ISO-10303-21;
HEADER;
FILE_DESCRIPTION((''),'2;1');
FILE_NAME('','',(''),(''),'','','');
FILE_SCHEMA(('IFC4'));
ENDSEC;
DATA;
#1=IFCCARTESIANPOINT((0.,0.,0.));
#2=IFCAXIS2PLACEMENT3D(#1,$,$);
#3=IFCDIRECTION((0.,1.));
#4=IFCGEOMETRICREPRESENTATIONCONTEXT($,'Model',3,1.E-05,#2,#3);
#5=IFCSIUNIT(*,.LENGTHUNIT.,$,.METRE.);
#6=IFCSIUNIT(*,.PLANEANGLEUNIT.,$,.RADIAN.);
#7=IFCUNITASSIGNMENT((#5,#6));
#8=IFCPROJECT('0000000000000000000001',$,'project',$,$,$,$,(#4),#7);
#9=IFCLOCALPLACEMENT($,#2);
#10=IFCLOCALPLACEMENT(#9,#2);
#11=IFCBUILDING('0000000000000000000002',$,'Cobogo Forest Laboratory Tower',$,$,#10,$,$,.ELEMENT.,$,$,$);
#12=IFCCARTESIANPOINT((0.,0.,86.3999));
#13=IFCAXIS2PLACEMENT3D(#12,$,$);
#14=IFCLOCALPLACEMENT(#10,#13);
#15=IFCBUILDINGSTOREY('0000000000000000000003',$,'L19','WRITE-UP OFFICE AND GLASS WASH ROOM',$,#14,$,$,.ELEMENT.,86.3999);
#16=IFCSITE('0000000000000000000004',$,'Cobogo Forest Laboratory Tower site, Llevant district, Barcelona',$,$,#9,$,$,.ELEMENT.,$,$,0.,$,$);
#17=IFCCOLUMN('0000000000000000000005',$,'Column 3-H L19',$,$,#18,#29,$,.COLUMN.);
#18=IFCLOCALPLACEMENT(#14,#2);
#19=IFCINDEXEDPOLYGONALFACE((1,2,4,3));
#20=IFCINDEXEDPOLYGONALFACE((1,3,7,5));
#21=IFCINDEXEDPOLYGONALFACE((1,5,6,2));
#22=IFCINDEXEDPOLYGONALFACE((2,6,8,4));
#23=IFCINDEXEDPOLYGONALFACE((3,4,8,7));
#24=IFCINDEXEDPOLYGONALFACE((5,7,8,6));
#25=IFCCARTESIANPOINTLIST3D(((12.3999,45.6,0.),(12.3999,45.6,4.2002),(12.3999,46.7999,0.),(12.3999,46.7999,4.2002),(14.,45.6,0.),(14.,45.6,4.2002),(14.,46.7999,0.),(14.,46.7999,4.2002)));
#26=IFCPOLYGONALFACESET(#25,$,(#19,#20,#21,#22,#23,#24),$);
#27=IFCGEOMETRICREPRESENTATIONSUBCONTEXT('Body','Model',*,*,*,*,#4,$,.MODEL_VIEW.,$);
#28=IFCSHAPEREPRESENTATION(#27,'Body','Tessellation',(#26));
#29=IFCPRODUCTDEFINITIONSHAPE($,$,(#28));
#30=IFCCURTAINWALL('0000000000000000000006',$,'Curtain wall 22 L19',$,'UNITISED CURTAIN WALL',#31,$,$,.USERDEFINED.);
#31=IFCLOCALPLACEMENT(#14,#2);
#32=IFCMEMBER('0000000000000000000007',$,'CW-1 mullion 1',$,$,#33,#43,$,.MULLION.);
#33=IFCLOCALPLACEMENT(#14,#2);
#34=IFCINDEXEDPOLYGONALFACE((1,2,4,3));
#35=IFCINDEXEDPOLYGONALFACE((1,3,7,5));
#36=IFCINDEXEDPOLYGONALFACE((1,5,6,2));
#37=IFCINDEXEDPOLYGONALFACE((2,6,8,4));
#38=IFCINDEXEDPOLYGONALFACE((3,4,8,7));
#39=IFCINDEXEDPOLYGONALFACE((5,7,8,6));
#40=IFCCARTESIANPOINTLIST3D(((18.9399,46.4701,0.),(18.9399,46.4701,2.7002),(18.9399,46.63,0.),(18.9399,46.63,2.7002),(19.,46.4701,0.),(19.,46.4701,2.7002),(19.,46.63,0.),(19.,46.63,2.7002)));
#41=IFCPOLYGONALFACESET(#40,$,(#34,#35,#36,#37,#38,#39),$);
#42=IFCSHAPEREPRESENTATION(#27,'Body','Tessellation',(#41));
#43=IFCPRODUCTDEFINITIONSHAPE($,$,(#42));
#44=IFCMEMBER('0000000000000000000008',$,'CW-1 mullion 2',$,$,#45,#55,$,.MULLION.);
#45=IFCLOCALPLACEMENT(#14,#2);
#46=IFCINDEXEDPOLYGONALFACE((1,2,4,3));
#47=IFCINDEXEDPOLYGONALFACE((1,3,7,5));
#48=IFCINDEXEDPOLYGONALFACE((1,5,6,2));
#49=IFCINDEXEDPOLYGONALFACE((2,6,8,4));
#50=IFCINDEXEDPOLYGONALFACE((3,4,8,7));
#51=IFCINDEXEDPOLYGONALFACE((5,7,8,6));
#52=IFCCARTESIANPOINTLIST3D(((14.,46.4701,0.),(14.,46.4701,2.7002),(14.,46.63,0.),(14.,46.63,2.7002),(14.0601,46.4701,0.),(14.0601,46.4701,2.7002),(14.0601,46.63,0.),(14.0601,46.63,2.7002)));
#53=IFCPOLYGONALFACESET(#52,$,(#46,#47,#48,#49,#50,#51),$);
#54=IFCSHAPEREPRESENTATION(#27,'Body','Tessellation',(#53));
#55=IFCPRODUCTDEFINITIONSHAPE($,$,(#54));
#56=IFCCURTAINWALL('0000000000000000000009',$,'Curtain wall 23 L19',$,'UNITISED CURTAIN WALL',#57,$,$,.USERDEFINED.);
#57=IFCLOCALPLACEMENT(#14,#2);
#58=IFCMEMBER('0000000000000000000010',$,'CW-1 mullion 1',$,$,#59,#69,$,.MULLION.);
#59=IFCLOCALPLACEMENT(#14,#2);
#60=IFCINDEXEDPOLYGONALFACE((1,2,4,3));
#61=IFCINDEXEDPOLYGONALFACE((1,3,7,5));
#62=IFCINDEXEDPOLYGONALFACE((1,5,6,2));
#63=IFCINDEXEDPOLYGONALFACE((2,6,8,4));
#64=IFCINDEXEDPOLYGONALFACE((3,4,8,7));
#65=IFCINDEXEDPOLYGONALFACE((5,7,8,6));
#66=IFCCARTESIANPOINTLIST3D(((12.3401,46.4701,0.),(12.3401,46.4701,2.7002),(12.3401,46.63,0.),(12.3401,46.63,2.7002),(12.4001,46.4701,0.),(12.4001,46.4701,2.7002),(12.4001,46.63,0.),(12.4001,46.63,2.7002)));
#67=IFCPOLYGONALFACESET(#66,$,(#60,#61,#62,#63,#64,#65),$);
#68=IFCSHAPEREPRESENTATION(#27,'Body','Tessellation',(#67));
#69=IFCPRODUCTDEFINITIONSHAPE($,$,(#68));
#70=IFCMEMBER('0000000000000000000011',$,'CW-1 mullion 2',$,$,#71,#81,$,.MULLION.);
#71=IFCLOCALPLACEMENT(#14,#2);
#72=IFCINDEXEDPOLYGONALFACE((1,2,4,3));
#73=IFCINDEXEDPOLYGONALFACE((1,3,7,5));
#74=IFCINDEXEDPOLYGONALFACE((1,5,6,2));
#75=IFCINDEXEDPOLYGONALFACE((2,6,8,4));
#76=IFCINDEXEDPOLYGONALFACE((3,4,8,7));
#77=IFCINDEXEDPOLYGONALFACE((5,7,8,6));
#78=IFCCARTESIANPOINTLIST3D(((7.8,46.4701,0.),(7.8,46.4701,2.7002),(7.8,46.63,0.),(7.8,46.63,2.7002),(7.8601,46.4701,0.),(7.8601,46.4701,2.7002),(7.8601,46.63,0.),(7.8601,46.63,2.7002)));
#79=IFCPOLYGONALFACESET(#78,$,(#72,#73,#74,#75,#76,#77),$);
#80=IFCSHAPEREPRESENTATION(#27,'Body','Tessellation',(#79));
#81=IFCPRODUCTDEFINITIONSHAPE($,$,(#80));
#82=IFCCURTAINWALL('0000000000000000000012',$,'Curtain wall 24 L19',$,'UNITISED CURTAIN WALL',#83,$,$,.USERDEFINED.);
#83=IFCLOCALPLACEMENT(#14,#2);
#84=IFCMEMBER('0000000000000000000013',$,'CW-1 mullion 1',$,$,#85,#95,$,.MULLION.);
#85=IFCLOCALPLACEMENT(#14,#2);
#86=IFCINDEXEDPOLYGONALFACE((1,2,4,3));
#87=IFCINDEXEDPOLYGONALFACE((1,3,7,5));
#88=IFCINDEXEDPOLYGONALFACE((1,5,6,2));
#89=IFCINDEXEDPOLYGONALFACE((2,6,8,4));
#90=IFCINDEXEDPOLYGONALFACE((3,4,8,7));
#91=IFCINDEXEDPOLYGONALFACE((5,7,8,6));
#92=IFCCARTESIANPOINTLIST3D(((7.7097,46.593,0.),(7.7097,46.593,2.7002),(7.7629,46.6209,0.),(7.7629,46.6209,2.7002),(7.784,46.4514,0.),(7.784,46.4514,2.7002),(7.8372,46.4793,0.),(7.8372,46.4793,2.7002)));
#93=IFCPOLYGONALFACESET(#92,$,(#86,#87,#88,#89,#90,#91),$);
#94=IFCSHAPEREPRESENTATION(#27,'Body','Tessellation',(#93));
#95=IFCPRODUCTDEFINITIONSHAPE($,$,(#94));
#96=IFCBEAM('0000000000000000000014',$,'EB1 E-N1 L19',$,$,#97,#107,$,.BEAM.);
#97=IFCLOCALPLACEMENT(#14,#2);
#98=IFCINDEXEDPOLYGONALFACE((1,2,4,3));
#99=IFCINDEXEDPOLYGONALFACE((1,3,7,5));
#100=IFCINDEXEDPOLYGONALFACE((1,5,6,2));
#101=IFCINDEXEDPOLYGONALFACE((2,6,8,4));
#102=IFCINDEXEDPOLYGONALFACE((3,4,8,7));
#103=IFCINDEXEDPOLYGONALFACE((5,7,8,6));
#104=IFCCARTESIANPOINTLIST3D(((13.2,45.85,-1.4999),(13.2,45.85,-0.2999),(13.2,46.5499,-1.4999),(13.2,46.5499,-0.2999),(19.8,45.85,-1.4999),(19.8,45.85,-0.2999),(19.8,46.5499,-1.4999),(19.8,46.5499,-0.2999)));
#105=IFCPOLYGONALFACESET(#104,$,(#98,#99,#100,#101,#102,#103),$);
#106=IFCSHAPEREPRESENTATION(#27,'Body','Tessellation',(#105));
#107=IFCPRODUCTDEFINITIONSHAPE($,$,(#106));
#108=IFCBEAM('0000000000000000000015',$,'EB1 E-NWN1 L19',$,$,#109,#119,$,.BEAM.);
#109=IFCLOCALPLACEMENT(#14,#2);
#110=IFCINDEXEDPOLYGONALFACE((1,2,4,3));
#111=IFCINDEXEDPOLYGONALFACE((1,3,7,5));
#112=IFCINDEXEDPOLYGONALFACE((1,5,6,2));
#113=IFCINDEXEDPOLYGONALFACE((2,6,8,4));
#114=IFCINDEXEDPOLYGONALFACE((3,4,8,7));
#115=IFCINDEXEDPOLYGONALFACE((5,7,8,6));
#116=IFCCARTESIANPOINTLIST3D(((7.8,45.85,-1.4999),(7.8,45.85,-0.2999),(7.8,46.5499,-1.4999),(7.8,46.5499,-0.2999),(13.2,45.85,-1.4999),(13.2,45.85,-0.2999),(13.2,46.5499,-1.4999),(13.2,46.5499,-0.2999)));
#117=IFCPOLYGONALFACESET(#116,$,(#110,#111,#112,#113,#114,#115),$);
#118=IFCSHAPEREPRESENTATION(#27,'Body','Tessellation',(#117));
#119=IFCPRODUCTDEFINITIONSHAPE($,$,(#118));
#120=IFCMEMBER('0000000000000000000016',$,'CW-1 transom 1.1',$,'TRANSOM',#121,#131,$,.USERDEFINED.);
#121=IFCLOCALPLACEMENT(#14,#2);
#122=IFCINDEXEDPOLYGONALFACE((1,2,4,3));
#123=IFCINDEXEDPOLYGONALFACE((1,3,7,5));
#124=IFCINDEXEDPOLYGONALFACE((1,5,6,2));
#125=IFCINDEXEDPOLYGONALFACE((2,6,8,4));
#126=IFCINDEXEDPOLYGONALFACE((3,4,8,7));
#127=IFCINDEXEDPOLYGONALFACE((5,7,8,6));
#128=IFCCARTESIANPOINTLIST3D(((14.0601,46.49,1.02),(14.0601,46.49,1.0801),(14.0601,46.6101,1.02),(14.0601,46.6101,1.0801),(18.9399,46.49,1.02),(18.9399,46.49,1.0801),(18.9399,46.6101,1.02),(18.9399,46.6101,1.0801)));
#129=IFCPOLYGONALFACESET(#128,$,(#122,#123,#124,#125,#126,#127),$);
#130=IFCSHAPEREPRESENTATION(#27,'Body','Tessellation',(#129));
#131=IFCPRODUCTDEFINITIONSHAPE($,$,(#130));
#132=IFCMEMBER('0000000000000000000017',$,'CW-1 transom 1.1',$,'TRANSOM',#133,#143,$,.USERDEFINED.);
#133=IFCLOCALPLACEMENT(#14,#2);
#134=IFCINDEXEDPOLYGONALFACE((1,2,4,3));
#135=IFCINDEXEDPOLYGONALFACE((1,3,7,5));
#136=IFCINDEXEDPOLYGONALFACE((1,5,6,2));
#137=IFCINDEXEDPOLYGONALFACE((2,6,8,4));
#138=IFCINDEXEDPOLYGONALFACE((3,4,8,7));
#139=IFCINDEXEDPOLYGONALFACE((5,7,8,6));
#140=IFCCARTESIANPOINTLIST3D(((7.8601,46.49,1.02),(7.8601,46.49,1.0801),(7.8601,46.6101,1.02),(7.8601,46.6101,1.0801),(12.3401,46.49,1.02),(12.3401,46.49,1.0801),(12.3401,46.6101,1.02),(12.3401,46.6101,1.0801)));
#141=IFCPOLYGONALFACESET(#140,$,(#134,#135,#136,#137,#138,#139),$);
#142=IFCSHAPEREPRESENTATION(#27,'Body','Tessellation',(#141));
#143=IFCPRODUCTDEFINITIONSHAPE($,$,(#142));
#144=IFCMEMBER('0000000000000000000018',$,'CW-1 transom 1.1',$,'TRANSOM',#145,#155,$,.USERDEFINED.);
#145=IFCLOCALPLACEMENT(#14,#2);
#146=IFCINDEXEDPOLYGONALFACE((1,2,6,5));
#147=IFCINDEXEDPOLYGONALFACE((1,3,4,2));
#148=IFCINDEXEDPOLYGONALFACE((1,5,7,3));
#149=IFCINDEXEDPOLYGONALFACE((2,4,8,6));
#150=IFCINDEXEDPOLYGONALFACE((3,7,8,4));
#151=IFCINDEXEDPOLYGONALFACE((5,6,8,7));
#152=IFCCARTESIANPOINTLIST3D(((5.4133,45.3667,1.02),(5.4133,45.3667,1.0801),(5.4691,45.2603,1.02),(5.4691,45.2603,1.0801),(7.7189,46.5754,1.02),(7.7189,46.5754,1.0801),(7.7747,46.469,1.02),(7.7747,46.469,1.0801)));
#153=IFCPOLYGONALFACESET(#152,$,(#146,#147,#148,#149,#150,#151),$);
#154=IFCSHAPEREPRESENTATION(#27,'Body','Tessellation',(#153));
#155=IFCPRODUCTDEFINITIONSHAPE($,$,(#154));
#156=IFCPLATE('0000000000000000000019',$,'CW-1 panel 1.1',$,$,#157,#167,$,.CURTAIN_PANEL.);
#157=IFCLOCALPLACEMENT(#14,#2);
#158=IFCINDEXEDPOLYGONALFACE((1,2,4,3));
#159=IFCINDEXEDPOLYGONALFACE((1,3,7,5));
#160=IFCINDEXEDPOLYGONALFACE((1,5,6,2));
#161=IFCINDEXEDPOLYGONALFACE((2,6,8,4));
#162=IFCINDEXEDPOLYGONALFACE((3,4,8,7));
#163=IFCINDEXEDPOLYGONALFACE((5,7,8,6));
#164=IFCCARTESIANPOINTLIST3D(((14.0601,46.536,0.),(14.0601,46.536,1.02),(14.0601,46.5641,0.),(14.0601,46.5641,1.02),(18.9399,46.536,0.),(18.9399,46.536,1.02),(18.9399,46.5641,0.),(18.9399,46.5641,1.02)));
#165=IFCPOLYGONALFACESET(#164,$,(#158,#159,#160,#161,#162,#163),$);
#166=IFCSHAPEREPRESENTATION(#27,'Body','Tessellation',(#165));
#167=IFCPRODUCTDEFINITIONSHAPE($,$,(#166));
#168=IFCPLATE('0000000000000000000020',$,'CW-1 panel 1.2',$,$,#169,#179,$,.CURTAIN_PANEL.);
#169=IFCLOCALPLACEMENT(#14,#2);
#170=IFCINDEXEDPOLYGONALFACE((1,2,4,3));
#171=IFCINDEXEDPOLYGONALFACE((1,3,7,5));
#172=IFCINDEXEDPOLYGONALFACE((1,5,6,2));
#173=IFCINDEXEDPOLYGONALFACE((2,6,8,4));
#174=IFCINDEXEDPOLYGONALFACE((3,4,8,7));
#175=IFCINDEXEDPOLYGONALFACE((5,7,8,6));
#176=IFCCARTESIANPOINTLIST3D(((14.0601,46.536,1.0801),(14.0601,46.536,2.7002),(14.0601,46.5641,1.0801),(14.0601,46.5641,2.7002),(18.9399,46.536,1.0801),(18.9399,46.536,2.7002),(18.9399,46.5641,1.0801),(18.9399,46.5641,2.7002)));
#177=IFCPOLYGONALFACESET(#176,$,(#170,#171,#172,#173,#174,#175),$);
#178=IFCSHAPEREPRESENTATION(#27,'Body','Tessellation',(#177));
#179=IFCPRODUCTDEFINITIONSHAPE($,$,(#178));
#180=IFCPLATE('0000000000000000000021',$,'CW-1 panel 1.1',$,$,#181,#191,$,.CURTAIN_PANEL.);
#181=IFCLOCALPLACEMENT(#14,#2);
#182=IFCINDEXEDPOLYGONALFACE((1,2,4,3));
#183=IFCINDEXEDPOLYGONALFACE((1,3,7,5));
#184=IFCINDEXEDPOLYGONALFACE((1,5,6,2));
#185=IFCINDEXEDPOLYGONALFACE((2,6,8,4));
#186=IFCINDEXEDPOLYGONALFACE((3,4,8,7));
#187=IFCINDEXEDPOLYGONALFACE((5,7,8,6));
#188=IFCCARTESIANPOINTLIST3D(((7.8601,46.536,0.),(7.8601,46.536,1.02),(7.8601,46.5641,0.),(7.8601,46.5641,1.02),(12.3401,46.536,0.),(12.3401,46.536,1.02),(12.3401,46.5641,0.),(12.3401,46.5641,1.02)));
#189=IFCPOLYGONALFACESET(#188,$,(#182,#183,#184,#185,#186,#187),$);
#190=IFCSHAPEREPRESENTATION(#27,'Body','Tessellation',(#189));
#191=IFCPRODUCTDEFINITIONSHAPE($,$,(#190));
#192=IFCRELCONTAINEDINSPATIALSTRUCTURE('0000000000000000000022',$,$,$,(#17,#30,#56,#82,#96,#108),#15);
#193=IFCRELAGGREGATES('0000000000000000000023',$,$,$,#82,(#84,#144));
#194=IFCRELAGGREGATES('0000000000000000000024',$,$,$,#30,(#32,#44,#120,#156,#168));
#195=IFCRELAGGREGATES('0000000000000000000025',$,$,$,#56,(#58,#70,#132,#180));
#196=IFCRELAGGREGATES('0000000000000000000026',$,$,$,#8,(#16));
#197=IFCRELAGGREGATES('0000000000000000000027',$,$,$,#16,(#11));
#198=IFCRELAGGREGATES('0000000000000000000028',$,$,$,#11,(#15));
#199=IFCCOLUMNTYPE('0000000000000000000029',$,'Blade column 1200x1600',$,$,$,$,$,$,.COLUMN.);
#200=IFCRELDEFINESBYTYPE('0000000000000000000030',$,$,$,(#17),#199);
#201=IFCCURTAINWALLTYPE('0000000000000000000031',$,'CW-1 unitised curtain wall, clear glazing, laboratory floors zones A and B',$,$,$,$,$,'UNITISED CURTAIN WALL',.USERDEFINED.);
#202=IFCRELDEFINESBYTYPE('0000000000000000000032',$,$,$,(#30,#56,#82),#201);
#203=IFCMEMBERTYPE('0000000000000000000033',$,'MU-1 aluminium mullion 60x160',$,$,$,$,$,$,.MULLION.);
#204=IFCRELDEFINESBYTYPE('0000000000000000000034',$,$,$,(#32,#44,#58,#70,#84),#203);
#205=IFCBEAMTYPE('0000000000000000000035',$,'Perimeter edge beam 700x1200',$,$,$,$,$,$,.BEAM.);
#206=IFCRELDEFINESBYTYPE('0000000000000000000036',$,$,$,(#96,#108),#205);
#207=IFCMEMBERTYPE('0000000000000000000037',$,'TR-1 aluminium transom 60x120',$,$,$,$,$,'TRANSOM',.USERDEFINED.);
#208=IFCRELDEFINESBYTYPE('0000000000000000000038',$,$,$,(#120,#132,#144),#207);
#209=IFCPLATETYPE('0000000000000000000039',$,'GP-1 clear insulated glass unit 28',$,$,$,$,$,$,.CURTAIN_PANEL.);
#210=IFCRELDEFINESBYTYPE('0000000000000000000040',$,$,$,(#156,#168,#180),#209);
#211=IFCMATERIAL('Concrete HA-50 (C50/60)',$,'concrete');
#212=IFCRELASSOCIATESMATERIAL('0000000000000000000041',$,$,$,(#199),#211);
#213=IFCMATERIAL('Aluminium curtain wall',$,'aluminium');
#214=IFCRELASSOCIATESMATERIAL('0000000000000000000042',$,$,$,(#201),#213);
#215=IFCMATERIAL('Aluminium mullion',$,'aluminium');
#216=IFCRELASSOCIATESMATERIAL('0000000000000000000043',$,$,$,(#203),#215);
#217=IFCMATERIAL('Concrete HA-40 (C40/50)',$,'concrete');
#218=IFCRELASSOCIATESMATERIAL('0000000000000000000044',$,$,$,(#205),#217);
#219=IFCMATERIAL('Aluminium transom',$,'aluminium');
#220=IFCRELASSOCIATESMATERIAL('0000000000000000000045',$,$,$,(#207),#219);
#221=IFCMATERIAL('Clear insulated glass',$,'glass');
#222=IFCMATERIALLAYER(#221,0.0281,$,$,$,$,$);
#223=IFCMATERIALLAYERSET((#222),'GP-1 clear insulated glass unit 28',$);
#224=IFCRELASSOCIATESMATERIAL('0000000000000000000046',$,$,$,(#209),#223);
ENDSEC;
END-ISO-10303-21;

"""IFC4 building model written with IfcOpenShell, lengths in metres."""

from ifc_helpers import new_model, si_unit, direction, frame, origin, origin_2d, place, context, subcontext, project, spatial, rectangle, extrude, material, layer, layer_set, material_profile, profile_set, type_object, element, aggregate, save


model = new_model("IFC4")

# Units and contexts
model_context = context("Model", 3, precision=1e-05, world=origin(), true_north=direction((0.0, 1.0)))
body_context = subcontext(model_context, "Body", "Model", "MODEL_VIEW")
ifc_project = project(units=[si_unit("LENGTHUNIT", "METRE"), si_unit("PLANEANGLEUNIT", "RADIAN")], contexts=[model_context])

# Site, building, storey
site_placement = place(None, origin())
site = spatial("IfcSite", under=ifc_project, at=site_placement, Name="Cobogo Forest Laboratory Tower site, Llevant district, Barcelona", CompositionType="ELEMENT", RefElevation=0.0)
building_placement = place(site_placement, origin())
building = spatial("IfcBuilding", under=site, at=building_placement, Name="Cobogo Forest Laboratory Tower", CompositionType="ELEMENT")
storey_placement = place(building_placement, frame((0.0, 0.0, 86.3999)))
storey = spatial("IfcBuildingStorey", under=building, at=storey_placement, Name="L19", Description="WRITE-UP OFFICE AND GLASS WASH ROOM", CompositionType="ELEMENT", Elevation=86.3999)

# Column
ifc_material_1 = material(Name="Concrete HA-50 (C50/60)", Category="concrete")
ifc_material_profile_1 = material_profile(ifc_material_1, rectangle(XDim=1.6001, YDim=1.2, at=origin_2d()), Name="RC 1200x1600")
ifc_profile_set_1 = profile_set([ifc_material_profile_1], Name="Concrete HA-50 (C50/60)")
column_type = type_object("IfcColumnType", Name="Blade column 1200x1600", PredefinedType="COLUMN", material=ifc_profile_set_1)
column_placement = place(storey_placement, frame((13.2, 46.2, 0.0), z_axis=(0.0, 0.0, 1.0), x_axis=(1.0, 0.0, 0.0)))
element("IfcColumn", 1, at=column_placement, inside=storey, type_object=column_type, Name="Column 3-H L19", PredefinedType="COLUMN", context=body_context, shape_type="SweptSolid", body=[
    extrude(rectangle(XDim=1.6001, YDim=1.2, at=origin_2d()), origin(), (0.0, 0.0, 1.0), 4.2002),
])

# Curtain walls, members
ifc_material_2 = material(Name="Aluminium curtain wall", Category="aluminium")
curtain_wall_type = type_object("IfcCurtainWallType", Name="CW-1 unitised curtain wall, clear glazing, laboratory floors zones A and B", ElementType="UNITISED CURTAIN WALL", PredefinedType="USERDEFINED", material=ifc_material_2)
curtain_wall_1_placement = place(storey_placement, origin())
curtain_wall_1 = element("IfcCurtainWall", 2, at=curtain_wall_1_placement, inside=storey, type_object=curtain_wall_type, Name="Curtain wall 22 L19", ObjectType="UNITISED CURTAIN WALL", PredefinedType="USERDEFINED")
ifc_material_3 = material(Name="Aluminium mullion", Category="aluminium")
ifc_material_profile_2 = material_profile(ifc_material_3, rectangle(XDim=0.0601, YDim=0.1599, at=origin_2d()), Name="AL 60x160")
ifc_profile_set_2 = profile_set([ifc_material_profile_2], Name="Aluminium mullion")
member_type_1 = type_object("IfcMemberType", Name="MU-1 aluminium mullion 60x160", PredefinedType="MULLION", material=ifc_profile_set_2)
member_1_placement = place(storey_placement, frame((18.97, 46.55, 0.0), z_axis=(0.0, 0.0, 1.0), x_axis=(-1.0, 0.0, 0.0)))
member_1 = element("IfcMember", 3, at=member_1_placement, type_object=member_type_1, Name="CW-1 mullion 1", PredefinedType="MULLION", context=body_context, shape_type="SweptSolid", body=[
    extrude(rectangle(XDim=0.0601, YDim=0.1599, at=origin_2d()), origin(), (0.0, 0.0, 1.0), 2.7002),
])
member_2_placement = place(storey_placement, frame((14.03, 46.55, 0.0), z_axis=(0.0, 0.0, 1.0), x_axis=(-1.0, 0.0, 0.0)))
member_2 = element("IfcMember", 4, at=member_2_placement, type_object=member_type_1, Name="CW-1 mullion 2", PredefinedType="MULLION", context=body_context, shape_type="SweptSolid", body=[
    extrude(rectangle(XDim=0.0601, YDim=0.1599, at=origin_2d()), origin(), (0.0, 0.0, 1.0), 2.7002),
])
curtain_wall_2_placement = place(storey_placement, origin())
curtain_wall_2 = element("IfcCurtainWall", 5, at=curtain_wall_2_placement, inside=storey, type_object=curtain_wall_type, Name="Curtain wall 23 L19", ObjectType="UNITISED CURTAIN WALL", PredefinedType="USERDEFINED")
member_3_placement = place(storey_placement, frame((12.3701, 46.55, 0.0), z_axis=(0.0, 0.0, 1.0), x_axis=(-1.0, 0.0, 0.0)))
member_3 = element("IfcMember", 6, at=member_3_placement, type_object=member_type_1, Name="CW-1 mullion 1", PredefinedType="MULLION", context=body_context, shape_type="SweptSolid", body=[
    extrude(rectangle(XDim=0.0601, YDim=0.1599, at=origin_2d()), origin(), (0.0, 0.0, 1.0), 2.7002),
])
member_4_placement = place(storey_placement, frame((7.8301, 46.55, 0.0), z_axis=(0.0, 0.0, 1.0), x_axis=(-1.0, 0.0, 0.0)))
member_4 = element("IfcMember", 7, at=member_4_placement, type_object=member_type_1, Name="CW-1 mullion 2", PredefinedType="MULLION", context=body_context, shape_type="SweptSolid", body=[
    extrude(rectangle(XDim=0.0601, YDim=0.1599, at=origin_2d()), origin(), (0.0, 0.0, 1.0), 2.7002),
])

# Curtain wall, member
curtain_wall_3_placement = place(storey_placement, origin())
curtain_wall_3 = element("IfcCurtainWall", 8, at=curtain_wall_3_placement, inside=storey, type_object=curtain_wall_type, Name="Curtain wall 24 L19", ObjectType="UNITISED CURTAIN WALL", PredefinedType="USERDEFINED")
member_5_placement = place(storey_placement, frame((7.7734, 46.5361, 0.0), z_axis=(0.0, 0.0, 1.0), x_axis=(-0.885687, -0.464284, 0.0)))
member_5 = element("IfcMember", 9, at=member_5_placement, type_object=member_type_1, Name="CW-1 mullion 1", PredefinedType="MULLION", context=body_context, shape_type="SweptSolid", body=[
    extrude(rectangle(XDim=0.0601, YDim=0.1599, at=origin_2d()), origin(), (0.0, 0.0, 1.0), 2.7002),
])

# Beams
ifc_material_4 = material(Name="Concrete HA-40 (C40/50)", Category="concrete")
ifc_material_profile_3 = material_profile(ifc_material_4, rectangle(XDim=0.7, YDim=1.2, at=origin_2d()), Name="RC 700x1200")
ifc_profile_set_3 = profile_set([ifc_material_profile_3], Name="Concrete HA-40 (C40/50)")
beam_type = type_object("IfcBeamType", Name="Perimeter edge beam 700x1200", PredefinedType="BEAM", material=ifc_profile_set_3)
beam_1_placement = place(storey_placement, frame((13.2, 46.2, -0.8999), z_axis=(1.0, 0.0, 0.0), x_axis=(0.0, 1.0, 0.0)))
element("IfcBeam", 10, at=beam_1_placement, inside=storey, type_object=beam_type, Name="EB1 E-N1 L19", PredefinedType="BEAM", context=body_context, shape_type="SweptSolid", body=[
    extrude(rectangle(XDim=0.7, YDim=1.2, at=origin_2d()), origin(), (0.0, 0.0, 1.0), 6.6001),
])
beam_2_placement = place(storey_placement, frame((13.2, 46.2, -0.8999), z_axis=(-1.0, 0.0, 0.0), x_axis=(0.0, -1.0, 0.0)))
element("IfcBeam", 11, at=beam_2_placement, inside=storey, type_object=beam_type, Name="EB1 E-NWN1 L19", PredefinedType="BEAM", context=body_context, shape_type="SweptSolid", body=[
    extrude(rectangle(XDim=0.7, YDim=1.2, at=origin_2d()), origin(), (0.0, 0.0, 1.0), 5.3999),
])

# Members
ifc_material_5 = material(Name="Aluminium transom", Category="aluminium")
ifc_material_profile_4 = material_profile(ifc_material_5, rectangle(XDim=0.1201, YDim=0.0601, at=origin_2d()), Name="AL 60x120")
ifc_profile_set_4 = profile_set([ifc_material_profile_4], Name="Aluminium transom")
member_type_2 = type_object("IfcMemberType", Name="TR-1 aluminium transom 60x120", ElementType="TRANSOM", PredefinedType="USERDEFINED", material=ifc_profile_set_4)
member_6_placement = place(storey_placement, frame((18.9399, 46.55, 1.05), z_axis=(-1.0, 0.0, 0.0), x_axis=(0.0, -1.0, 0.0)))
member_6 = element("IfcMember", 12, at=member_6_placement, type_object=member_type_2, Name="CW-1 transom 1.1", ObjectType="TRANSOM", PredefinedType="USERDEFINED", context=body_context, shape_type="SweptSolid", body=[
    extrude(rectangle(XDim=0.1201, YDim=0.0601, at=origin_2d()), origin(), (0.0, 0.0, 1.0), 4.8799),
])
member_7_placement = place(storey_placement, frame((12.3401, 46.55, 1.05), z_axis=(-1.0, 0.0, 0.0), x_axis=(0.0, -1.0, 0.0)))
member_7 = element("IfcMember", 13, at=member_7_placement, type_object=member_type_2, Name="CW-1 transom 1.1", ObjectType="TRANSOM", PredefinedType="USERDEFINED", context=body_context, shape_type="SweptSolid", body=[
    extrude(rectangle(XDim=0.1201, YDim=0.0601, at=origin_2d()), origin(), (0.0, 0.0, 1.0), 4.48),
])
member_8_placement = place(storey_placement, frame((7.7468, 46.5222, 1.05), z_axis=(-0.885672, -0.464312, 0.0), x_axis=(0.464312, -0.885672, 0.0)))
member_8 = element("IfcMember", 14, at=member_8_placement, type_object=member_type_2, Name="CW-1 transom 1.1", ObjectType="TRANSOM", PredefinedType="USERDEFINED", context=body_context, shape_type="SweptSolid", body=[
    extrude(rectangle(XDim=0.1201, YDim=0.0601, at=origin_2d()), origin(), (0.0, 0.0, 1.0), 2.6033),
])
aggregate(curtain_wall_3, [member_5, member_8])

# Plates
ifc_material_6 = material(Name="Clear insulated glass", Category="glass")
ifc_layer = layer(ifc_material_6, 0.0281)
ifc_layer_set = layer_set([ifc_layer], Name="GP-1 clear insulated glass unit 28")
plate_type_1 = type_object("IfcPlateType", Name="GP-1 clear insulated glass unit 28", PredefinedType="CURTAIN_PANEL", material=ifc_layer_set)
plate_1_placement = place(storey_placement, frame((16.5, 46.55, 0.0), z_axis=(0.0, 0.0, 1.0), x_axis=(-1.0, 0.0, 0.0)))
plate_1 = element("IfcPlate", 15, at=plate_1_placement, type_object=plate_type_1, Name="CW-1 panel 1.1", PredefinedType="CURTAIN_PANEL", context=body_context, shape_type="SweptSolid", body=[
    extrude(rectangle(XDim=4.8799, YDim=0.0281, at=origin_2d()), origin(), (0.0, 0.0, 1.0), 1.02),
])
plate_2_placement = place(storey_placement, frame((16.5, 46.55, 1.0801), z_axis=(0.0, 0.0, 1.0), x_axis=(-1.0, 0.0, 0.0)))
plate_2 = element("IfcPlate", 16, at=plate_2_placement, type_object=plate_type_1, Name="CW-1 panel 1.2", PredefinedType="CURTAIN_PANEL", context=body_context, shape_type="SweptSolid", body=[
    extrude(rectangle(XDim=4.8799, YDim=0.0281, at=origin_2d()), origin(), (0.0, 0.0, 1.0), 1.6201),
])
aggregate(curtain_wall_1, [member_1, member_2, member_6, plate_1, plate_2])
plate_3_placement = place(storey_placement, frame((10.1001, 46.55, 0.0), z_axis=(0.0, 0.0, 1.0), x_axis=(-1.0, 0.0, 0.0)))
plate_3 = element("IfcPlate", 17, at=plate_3_placement, type_object=plate_type_1, Name="CW-1 panel 1.1", PredefinedType="CURTAIN_PANEL", context=body_context, shape_type="SweptSolid", body=[
    extrude(rectangle(XDim=4.48, YDim=0.0281, at=origin_2d()), origin(), (0.0, 0.0, 1.0), 1.02),
])
aggregate(curtain_wall_2, [member_3, member_4, member_7, plate_3])

save(model, "model.ifc")
